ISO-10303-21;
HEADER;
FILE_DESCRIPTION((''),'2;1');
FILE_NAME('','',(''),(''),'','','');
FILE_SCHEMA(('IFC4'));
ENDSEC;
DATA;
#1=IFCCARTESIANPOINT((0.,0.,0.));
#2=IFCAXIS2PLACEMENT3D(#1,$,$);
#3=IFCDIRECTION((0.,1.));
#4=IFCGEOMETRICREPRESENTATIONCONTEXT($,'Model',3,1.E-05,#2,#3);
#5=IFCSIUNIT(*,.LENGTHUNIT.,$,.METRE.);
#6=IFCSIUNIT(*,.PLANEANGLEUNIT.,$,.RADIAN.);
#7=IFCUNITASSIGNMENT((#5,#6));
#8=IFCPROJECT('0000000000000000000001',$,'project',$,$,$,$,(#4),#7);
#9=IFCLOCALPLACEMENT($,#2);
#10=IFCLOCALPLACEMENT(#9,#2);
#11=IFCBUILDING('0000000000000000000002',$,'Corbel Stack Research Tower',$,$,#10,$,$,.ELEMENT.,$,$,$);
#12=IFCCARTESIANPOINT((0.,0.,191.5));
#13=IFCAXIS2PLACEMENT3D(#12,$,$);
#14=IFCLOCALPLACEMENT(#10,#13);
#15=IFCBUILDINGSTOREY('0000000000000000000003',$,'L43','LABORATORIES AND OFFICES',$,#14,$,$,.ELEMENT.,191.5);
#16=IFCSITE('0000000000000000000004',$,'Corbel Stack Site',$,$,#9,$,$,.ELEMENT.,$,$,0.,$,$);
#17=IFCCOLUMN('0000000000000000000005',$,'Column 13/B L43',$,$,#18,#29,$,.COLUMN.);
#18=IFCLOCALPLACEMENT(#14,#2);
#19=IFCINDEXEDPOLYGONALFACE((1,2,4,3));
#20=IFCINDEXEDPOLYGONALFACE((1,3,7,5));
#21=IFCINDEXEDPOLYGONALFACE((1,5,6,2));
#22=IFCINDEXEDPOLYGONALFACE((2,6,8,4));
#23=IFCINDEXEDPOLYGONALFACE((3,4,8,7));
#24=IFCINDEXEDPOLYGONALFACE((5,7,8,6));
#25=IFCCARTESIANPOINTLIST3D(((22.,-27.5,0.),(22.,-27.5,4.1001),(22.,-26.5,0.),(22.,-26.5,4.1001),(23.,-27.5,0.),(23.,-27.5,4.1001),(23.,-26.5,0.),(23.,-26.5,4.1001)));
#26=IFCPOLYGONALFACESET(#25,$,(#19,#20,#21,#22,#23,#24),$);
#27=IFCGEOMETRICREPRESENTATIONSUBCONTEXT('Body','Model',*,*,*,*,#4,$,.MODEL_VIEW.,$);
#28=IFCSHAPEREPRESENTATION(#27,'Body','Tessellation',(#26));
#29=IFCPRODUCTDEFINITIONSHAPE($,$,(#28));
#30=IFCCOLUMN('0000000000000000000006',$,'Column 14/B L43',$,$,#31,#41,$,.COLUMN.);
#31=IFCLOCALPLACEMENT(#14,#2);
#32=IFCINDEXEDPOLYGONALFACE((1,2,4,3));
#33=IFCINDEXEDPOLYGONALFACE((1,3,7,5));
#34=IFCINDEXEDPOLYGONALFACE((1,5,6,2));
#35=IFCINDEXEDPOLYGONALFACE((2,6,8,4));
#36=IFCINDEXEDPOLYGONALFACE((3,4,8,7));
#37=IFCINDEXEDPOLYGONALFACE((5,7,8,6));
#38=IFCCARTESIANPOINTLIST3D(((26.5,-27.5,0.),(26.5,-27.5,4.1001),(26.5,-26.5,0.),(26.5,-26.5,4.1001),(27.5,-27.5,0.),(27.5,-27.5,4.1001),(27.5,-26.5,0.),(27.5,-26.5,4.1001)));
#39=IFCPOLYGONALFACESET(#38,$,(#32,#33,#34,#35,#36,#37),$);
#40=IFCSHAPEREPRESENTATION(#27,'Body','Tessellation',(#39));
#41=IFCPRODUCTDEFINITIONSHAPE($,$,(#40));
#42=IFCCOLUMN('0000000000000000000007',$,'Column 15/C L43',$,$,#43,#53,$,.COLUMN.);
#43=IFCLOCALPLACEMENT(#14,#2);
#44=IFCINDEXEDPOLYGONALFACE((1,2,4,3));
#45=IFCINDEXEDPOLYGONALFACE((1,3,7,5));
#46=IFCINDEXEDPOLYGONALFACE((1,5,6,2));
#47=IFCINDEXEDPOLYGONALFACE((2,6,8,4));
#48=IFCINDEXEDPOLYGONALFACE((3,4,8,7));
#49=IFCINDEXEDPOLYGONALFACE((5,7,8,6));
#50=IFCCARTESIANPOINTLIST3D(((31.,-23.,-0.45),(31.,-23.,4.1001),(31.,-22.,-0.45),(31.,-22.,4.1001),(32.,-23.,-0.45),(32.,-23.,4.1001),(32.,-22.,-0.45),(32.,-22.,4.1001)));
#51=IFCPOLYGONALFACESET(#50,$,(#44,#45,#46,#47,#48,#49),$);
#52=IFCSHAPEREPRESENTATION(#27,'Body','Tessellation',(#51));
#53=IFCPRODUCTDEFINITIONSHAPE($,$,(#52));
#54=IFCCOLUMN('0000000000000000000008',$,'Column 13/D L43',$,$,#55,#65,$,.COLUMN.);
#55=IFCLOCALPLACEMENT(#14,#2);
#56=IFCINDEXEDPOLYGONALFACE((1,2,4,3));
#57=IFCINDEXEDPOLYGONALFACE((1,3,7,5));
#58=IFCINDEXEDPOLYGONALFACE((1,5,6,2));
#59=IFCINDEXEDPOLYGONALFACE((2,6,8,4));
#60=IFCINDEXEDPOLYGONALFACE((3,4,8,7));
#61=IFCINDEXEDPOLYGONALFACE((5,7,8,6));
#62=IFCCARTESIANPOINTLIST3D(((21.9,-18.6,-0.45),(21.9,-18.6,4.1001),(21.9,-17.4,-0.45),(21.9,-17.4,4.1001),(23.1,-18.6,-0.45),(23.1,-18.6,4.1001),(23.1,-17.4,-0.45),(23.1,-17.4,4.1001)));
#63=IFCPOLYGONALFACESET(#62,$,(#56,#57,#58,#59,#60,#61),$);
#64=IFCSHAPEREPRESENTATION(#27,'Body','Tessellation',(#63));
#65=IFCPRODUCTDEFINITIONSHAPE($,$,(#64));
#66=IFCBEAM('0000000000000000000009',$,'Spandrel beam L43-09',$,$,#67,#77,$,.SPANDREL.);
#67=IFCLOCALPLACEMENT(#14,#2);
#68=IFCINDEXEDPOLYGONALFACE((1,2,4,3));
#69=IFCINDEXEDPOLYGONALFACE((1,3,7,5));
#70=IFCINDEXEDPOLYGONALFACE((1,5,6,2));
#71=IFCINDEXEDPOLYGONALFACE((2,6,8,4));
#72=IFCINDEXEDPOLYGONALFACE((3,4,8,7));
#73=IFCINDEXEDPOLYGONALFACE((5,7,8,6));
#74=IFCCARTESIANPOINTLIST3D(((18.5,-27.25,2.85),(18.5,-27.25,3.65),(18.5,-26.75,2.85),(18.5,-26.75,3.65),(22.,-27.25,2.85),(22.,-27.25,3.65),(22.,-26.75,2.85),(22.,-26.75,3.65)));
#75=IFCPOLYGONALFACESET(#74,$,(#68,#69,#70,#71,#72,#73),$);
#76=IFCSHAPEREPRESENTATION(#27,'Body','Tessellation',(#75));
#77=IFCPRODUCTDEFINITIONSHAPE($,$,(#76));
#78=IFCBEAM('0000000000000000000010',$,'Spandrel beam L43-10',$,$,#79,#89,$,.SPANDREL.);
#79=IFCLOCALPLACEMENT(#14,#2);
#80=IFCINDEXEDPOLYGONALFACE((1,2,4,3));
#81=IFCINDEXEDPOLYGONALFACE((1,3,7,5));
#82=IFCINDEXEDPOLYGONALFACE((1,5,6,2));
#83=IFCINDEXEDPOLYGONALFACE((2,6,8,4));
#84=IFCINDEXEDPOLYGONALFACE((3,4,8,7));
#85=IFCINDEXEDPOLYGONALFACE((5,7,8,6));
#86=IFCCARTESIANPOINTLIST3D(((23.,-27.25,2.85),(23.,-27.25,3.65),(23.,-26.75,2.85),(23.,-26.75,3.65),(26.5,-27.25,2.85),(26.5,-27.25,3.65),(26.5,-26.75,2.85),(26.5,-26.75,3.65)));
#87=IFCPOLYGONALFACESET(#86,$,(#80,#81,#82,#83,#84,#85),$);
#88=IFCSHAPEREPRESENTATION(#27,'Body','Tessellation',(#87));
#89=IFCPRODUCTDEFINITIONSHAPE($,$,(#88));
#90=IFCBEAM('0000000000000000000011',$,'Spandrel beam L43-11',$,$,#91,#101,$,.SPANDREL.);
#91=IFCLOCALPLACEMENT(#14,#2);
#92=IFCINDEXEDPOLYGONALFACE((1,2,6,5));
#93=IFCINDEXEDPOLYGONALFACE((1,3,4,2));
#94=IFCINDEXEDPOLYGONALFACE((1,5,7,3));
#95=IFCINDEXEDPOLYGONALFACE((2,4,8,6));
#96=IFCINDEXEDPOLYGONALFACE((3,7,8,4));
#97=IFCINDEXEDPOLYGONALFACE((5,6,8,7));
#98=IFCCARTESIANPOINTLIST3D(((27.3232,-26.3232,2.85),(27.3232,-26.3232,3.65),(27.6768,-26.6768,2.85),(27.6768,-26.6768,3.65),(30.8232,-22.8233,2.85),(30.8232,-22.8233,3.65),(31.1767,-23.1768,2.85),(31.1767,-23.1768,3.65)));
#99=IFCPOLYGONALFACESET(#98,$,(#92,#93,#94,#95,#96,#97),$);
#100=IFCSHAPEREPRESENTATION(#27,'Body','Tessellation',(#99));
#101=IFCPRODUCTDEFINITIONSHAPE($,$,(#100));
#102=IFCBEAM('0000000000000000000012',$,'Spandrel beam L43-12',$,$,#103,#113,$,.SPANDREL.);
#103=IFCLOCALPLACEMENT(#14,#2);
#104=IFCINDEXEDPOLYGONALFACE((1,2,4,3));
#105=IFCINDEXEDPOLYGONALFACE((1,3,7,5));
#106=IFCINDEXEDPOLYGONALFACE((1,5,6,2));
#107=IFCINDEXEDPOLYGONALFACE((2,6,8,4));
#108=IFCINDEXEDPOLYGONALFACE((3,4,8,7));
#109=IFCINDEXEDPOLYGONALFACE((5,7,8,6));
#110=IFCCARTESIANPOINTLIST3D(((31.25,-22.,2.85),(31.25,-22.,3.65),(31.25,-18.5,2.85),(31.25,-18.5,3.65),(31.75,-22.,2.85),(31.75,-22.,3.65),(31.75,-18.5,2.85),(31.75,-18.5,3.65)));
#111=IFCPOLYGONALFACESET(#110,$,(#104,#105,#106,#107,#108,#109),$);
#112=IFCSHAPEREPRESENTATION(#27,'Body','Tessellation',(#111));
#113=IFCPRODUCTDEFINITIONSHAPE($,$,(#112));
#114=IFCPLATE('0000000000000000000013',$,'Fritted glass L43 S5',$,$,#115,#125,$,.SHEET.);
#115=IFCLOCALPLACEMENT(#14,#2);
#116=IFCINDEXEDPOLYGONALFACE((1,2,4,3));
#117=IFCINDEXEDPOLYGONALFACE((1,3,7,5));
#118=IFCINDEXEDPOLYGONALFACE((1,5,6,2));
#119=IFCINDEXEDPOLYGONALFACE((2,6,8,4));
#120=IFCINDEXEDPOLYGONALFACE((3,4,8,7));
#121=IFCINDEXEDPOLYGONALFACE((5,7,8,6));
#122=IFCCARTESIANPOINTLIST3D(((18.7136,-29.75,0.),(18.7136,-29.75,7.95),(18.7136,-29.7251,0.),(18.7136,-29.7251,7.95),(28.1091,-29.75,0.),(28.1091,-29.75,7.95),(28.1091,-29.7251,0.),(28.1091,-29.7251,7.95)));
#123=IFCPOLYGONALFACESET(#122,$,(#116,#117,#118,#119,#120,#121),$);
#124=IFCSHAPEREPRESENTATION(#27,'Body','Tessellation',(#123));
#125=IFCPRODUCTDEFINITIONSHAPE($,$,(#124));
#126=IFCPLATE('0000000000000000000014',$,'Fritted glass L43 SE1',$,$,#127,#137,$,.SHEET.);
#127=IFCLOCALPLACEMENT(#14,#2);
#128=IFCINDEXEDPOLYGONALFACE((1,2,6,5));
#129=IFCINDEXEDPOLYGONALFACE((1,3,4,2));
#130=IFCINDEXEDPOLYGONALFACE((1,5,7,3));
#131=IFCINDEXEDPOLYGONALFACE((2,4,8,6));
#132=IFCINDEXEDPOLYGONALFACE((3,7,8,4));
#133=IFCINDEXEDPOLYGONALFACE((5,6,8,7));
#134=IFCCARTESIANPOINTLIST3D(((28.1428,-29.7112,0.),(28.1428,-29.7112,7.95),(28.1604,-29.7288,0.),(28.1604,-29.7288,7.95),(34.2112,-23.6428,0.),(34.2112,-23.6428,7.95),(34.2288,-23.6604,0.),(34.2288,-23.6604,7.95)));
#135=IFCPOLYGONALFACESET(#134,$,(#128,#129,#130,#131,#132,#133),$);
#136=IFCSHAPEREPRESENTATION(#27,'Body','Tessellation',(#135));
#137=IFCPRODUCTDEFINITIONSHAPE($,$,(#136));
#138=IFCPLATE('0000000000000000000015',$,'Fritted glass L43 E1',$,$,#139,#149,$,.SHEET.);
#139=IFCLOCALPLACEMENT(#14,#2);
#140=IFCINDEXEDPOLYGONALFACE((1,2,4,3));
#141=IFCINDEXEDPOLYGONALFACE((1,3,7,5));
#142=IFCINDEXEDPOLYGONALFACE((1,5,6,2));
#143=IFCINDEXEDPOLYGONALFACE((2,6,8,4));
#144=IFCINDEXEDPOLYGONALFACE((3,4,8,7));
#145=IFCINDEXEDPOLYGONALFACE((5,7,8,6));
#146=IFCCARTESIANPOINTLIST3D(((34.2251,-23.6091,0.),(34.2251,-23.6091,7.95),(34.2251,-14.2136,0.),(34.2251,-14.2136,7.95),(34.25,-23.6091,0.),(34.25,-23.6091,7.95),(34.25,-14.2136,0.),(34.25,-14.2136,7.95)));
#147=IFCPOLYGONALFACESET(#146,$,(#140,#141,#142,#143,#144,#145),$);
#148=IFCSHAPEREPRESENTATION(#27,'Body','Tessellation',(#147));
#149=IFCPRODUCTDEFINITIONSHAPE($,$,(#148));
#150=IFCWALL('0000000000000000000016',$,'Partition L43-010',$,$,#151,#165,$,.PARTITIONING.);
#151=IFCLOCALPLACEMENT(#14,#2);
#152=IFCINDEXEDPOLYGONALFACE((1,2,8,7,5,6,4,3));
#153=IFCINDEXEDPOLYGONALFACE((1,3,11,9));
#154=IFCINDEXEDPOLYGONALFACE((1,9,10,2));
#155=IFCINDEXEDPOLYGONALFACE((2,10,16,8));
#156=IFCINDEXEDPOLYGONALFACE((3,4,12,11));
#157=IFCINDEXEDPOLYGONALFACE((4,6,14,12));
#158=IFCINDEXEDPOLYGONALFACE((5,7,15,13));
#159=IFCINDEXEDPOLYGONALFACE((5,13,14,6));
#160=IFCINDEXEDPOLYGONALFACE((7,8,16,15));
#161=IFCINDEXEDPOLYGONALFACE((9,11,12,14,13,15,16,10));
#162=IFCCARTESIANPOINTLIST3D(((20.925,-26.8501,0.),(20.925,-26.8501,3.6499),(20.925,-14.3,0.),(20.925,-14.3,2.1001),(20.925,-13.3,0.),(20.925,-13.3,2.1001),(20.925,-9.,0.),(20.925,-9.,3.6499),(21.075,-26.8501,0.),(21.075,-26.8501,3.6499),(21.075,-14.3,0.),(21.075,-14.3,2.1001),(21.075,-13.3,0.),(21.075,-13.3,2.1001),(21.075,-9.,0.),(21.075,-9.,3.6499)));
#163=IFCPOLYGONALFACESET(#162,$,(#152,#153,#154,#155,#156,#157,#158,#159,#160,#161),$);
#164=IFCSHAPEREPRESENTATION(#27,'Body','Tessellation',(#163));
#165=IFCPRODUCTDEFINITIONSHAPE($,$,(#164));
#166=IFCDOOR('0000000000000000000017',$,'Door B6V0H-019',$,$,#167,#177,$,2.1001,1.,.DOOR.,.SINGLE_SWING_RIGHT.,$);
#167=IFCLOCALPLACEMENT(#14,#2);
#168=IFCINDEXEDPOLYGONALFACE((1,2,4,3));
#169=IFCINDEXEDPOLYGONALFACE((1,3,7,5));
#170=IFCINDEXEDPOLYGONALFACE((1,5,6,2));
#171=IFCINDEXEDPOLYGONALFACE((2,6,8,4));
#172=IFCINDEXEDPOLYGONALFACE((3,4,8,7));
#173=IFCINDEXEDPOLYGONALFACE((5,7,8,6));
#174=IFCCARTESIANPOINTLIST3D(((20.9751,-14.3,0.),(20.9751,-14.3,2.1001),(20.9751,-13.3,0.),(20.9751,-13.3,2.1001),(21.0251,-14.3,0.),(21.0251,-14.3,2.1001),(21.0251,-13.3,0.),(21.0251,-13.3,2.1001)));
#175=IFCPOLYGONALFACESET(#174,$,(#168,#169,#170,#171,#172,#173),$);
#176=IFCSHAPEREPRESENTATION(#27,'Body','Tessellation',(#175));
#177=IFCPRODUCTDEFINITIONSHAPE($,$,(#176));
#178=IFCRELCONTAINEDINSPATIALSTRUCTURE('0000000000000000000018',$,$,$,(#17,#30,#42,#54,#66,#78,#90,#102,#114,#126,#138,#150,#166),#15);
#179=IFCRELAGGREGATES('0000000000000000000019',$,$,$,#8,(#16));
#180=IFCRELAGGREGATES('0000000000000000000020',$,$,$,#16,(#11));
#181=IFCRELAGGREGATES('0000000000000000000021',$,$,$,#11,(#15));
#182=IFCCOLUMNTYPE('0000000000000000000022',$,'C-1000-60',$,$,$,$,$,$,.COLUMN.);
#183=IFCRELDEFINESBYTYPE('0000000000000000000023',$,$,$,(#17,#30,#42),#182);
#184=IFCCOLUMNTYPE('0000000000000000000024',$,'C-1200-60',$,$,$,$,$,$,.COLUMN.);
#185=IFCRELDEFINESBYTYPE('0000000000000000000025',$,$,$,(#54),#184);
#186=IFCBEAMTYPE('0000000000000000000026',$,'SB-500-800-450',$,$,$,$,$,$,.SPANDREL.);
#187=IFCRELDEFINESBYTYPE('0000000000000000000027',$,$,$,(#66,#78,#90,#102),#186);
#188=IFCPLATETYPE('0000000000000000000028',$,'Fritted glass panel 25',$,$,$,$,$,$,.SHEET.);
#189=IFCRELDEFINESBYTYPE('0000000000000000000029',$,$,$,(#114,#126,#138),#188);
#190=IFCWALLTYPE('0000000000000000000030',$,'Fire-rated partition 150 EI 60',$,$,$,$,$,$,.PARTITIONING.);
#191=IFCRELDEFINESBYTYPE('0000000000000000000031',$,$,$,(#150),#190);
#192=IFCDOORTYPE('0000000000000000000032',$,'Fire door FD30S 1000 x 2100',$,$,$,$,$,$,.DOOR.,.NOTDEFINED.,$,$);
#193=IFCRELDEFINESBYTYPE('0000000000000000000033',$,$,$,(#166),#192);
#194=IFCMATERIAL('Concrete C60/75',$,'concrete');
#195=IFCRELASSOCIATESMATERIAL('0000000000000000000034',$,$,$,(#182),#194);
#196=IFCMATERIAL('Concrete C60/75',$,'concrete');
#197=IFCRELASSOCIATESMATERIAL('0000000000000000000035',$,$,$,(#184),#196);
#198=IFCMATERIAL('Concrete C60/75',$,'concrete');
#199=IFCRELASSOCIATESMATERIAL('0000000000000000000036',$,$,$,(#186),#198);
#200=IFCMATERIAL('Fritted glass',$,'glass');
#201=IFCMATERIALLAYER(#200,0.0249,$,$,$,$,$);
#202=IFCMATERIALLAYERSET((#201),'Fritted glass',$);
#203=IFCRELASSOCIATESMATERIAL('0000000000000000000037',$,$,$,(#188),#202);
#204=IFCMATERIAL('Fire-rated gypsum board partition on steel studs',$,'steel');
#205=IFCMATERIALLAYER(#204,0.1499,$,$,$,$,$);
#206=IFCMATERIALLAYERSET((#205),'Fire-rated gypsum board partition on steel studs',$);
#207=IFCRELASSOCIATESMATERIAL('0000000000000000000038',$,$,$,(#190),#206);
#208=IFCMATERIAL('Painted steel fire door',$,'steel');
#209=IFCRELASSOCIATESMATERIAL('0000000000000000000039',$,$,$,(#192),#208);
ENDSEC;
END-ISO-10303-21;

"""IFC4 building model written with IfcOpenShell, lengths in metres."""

from ifc_helpers import new_model, si_unit, direction, frame, frame_2d, origin, origin_2d, place, context, subcontext, project, spatial, rectangle, extrude, material, layer, layer_set, material_profile, profile_set, type_object, element, fill, save


model = new_model("IFC4")

# Units and contexts
model_context = context("Model", 3, precision=1e-05, world=origin(), true_north=direction((0.0, 1.0)))
body_context = subcontext(model_context, "Body", "Model", "MODEL_VIEW")
ifc_project = project(units=[si_unit("LENGTHUNIT", "METRE"), si_unit("PLANEANGLEUNIT", "RADIAN")], contexts=[model_context])

# Site, building, storey
site_placement = place(None, origin())
site = spatial("IfcSite", under=ifc_project, at=site_placement, Name="Corbel Stack Site", CompositionType="ELEMENT", RefElevation=0.0)
building_placement = place(site_placement, origin())
building = spatial("IfcBuilding", under=site, at=building_placement, Name="Corbel Stack Research Tower", CompositionType="ELEMENT")
storey_placement = place(building_placement, frame((0.0, 0.0, 191.5)))
storey = spatial("IfcBuildingStorey", under=building, at=storey_placement, Name="L43", Description="LABORATORIES AND OFFICES", CompositionType="ELEMENT", Elevation=191.5)

# Columns
ifc_material_1 = material(Name="Concrete C60/75", Category="concrete")
ifc_material_profile_1 = material_profile(ifc_material_1, rectangle(XDim=1.0, YDim=1.0, at=origin_2d()), Name="RC 1000 x 1000")
ifc_profile_set_1 = profile_set([ifc_material_profile_1], Name="Concrete C60/75")
column_type_1 = type_object("IfcColumnType", Name="C-1000-60", PredefinedType="COLUMN", material=ifc_profile_set_1)
for number, where, z_axis, x_axis, name in (
    (1, (22.5, -27.0, 0.0), (0.0, 0.0, 1.0), (1.0, 0.0, 0.0), "Column 13/B L43"),
    (2, (27.0, -27.0, 0.0), (0.0, 0.0, 1.0), (1.0, 0.0, 0.0), "Column 14/B L43"),
):
    element("IfcColumn", number, at=place(storey_placement, frame(where, z_axis=z_axis, x_axis=x_axis)), inside=storey, type_object=column_type_1, Name=name, PredefinedType="COLUMN", context=body_context, shape_type="SweptSolid", body=[
        extrude(rectangle(XDim=1.0, YDim=1.0, at=origin_2d()), origin(), (0.0, 0.0, 1.0), 4.1001),
    ])
column_1_placement = place(storey_placement, frame((31.5, -22.5, -0.45), z_axis=(0.0, 0.0, 1.0), x_axis=(1.0, 0.0, 0.0)))
element("IfcColumn", 3, at=column_1_placement, inside=storey, type_object=column_type_1, Name="Column 15/C L43", PredefinedType="COLUMN", context=body_context, shape_type="SweptSolid", body=[
    extrude(rectangle(XDim=1.0, YDim=1.0, at=origin_2d()), origin(), (0.0, 0.0, 1.0), 4.55),
])
ifc_material_2 = material(Name="Concrete C60/75", Category="concrete")
ifc_material_profile_2 = material_profile(ifc_material_2, rectangle(XDim=1.2, YDim=1.2, at=origin_2d()), Name="RC 1200 x 1200")
ifc_profile_set_2 = profile_set([ifc_material_profile_2], Name="Concrete C60/75")
column_type_2 = type_object("IfcColumnType", Name="C-1200-60", PredefinedType="COLUMN", material=ifc_profile_set_2)
column_2_placement = place(storey_placement, frame((22.5, -18.0, -0.45), z_axis=(0.0, 0.0, 1.0), x_axis=(1.0, 0.0, 0.0)))
element("IfcColumn", 4, at=column_2_placement, inside=storey, type_object=column_type_2, Name="Column 13/D L43", PredefinedType="COLUMN", context=body_context, shape_type="SweptSolid", body=[
    extrude(rectangle(XDim=1.2, YDim=1.2, at=origin_2d()), origin(), (0.0, 0.0, 1.0), 4.55),
])

# Beams
ifc_material_3 = material(Name="Concrete C60/75", Category="concrete")
ifc_material_profile_3 = material_profile(ifc_material_3, rectangle(XDim=0.5, YDim=0.8, at=origin_2d()), Name="RC 500 x 800")
ifc_profile_set_3 = profile_set([ifc_material_profile_3], Name="Concrete C60/75")
beam_type = type_object("IfcBeamType", Name="SB-500-800-450", PredefinedType="SPANDREL", material=ifc_profile_set_3)
for number, where, z_axis, x_axis, name in (
    (5, (18.5, -27.0, 3.25), (1.0, 0.0, 0.0), (0.0, 1.0, 0.0), "Spandrel beam L43-09"),
    (6, (23.0, -27.0, 3.25), (1.0, 0.0, 0.0), (0.0, 1.0, 0.0), "Spandrel beam L43-10"),
):
    element("IfcBeam", number, at=place(storey_placement, frame(where, z_axis=z_axis, x_axis=x_axis)), inside=storey, type_object=beam_type, Name=name, PredefinedType="SPANDREL", context=body_context, shape_type="SweptSolid", body=[
        extrude(rectangle(XDim=0.5, YDim=0.8, at=origin_2d()), origin(), (0.0, 0.0, 1.0), 3.5),
    ])
beam_1_placement = place(storey_placement, frame((27.5, -26.5, 3.25), z_axis=(0.707107, 0.707107, 0.0), x_axis=(-0.707107, 0.707107, 0.0)))
element("IfcBeam", 7, at=beam_1_placement, inside=storey, type_object=beam_type, Name="Spandrel beam L43-11", PredefinedType="SPANDREL", context=body_context, shape_type="SweptSolid", body=[
    extrude(rectangle(XDim=0.5, YDim=0.8, at=origin_2d()), origin(), (0.0, 0.0, 1.0), 4.9497),
])
beam_2_placement = place(storey_placement, frame((31.5, -22.0, 3.25), z_axis=(0.0, 1.0, 0.0), x_axis=(-1.0, 0.0, 0.0)))
element("IfcBeam", 8, at=beam_2_placement, inside=storey, type_object=beam_type, Name="Spandrel beam L43-12", PredefinedType="SPANDREL", context=body_context, shape_type="SweptSolid", body=[
    extrude(rectangle(XDim=0.5, YDim=0.8, at=origin_2d()), origin(), (0.0, 0.0, 1.0), 3.5),
])

# Plates
ifc_material_4 = material(Name="Fritted glass", Category="glass")
ifc_layer_1 = layer(ifc_material_4, 0.0249)
ifc_layer_set_1 = layer_set([ifc_layer_1], Name="Fritted glass")
plate_type = type_object("IfcPlateType", Name="Fritted glass panel 25", PredefinedType="SHEET", material=ifc_layer_set_1)
plate_1_placement = place(storey_placement, frame((23.4114, -29.7375, 0.0), z_axis=(0.0, 0.0, 1.0), x_axis=(1.0, 0.0, 0.0)))
element("IfcPlate", 9, at=plate_1_placement, inside=storey, type_object=plate_type, Name="Fritted glass L43 S5", PredefinedType="SHEET", context=body_context, shape_type="SweptSolid", body=[
    extrude(rectangle(XDim=9.3955, YDim=0.0249, at=origin_2d()), origin(), (0.0, 0.0, 1.0), 7.95),
])
plate_2_placement = place(storey_placement, frame((31.1858, -26.6858, 0.0), z_axis=(0.0, 0.0, 1.0), x_axis=(0.707107, 0.707107, 0.0)))
element("IfcPlate", 10, at=plate_2_placement, inside=storey, type_object=plate_type, Name="Fritted glass L43 SE1", PredefinedType="SHEET", context=body_context, shape_type="SweptSolid", body=[
    extrude(rectangle(XDim=8.582, YDim=0.0249, at=origin_2d()), origin(), (0.0, 0.0, 1.0), 7.95),
])
plate_3_placement = place(storey_placement, frame((34.2375, -18.9114, 0.0), z_axis=(0.0, 0.0, 1.0), x_axis=(0.0, 1.0, 0.0)))
element("IfcPlate", 11, at=plate_3_placement, inside=storey, type_object=plate_type, Name="Fritted glass L43 E1", PredefinedType="SHEET", context=body_context, shape_type="SweptSolid", body=[
    extrude(rectangle(XDim=9.3955, YDim=0.0249, at=origin_2d()), origin(), (0.0, 0.0, 1.0), 7.95),
])

# Wall, opening, door
ifc_material_5 = material(Name="Fire-rated gypsum board partition on steel studs", Category="steel")
ifc_layer_2 = layer(ifc_material_5, 0.1499)
ifc_layer_set_2 = layer_set([ifc_layer_2], Name="Fire-rated gypsum board partition on steel studs")
wall_type_1 = type_object("IfcWallType", Name="Fire-rated partition 150 EI 60", PredefinedType="PARTITIONING", material=ifc_layer_set_2)
wall_1_placement = place(storey_placement, frame((21.0, -26.8501, 0.0), z_axis=(0.0, 0.0, 1.0), x_axis=(0.0, 1.0, 0.0)))
wall_1 = element("IfcWall", 12, at=wall_1_placement, inside=storey, type_object=wall_type_1, Name="Partition L43-010", PredefinedType="PARTITIONING", context=body_context, shape_type="SweptSolid", body=[
    extrude(rectangle(XDim=17.8501, YDim=0.1499, at=frame_2d((8.925, 0.0))), origin(), (0.0, 0.0, 1.0), 3.6499),
])
opening_1_placement = place(wall_1_placement, frame((12.55, 0.0, 0.0)))
opening_1 = element("IfcOpeningElement", 13, at=opening_1_placement, cuts=wall_1, PredefinedType="OPENING", context=body_context, shape_type="SweptSolid", body=[
    extrude(rectangle(XDim=1.0, YDim=2.1001, at=frame_2d((0.5, 1.05))), frame((0.0, 0.085, 0.0), z_axis=(0.0, -1.0, 0.0), x_axis=(1.0, 0.0, 0.0)), (0.0, 0.0, 1.0), 0.1699),
])
ifc_material_6 = material(Name="Painted steel fire door", Category="steel")
door_type_1 = type_object("IfcDoorType", Name="Fire door FD30S 1000 x 2100", OperationType="NOTDEFINED", PredefinedType="DOOR", material=ifc_material_6)
door_1_placement = place(opening_1_placement, origin())
door_1 = element("IfcDoor", 14, at=door_1_placement, inside=storey, type_object=door_type_1, Name="Door B6V0H-019", OperationType="SINGLE_SWING_RIGHT", OverallHeight=2.1001, OverallWidth=1.0, PredefinedType="DOOR", context=body_context, shape_type="SweptSolid", body=[
    extrude(rectangle(XDim=1.0, YDim=2.1001, at=frame_2d((0.5, 1.05))), frame((0.0, 0.0249, 0.0), z_axis=(0.0, -1.0, 0.0), x_axis=(1.0, 0.0, 0.0)), (0.0, 0.0, 1.0), 0.05),
])
fill(opening_1, door_1)

save(model, "model.ifc")
